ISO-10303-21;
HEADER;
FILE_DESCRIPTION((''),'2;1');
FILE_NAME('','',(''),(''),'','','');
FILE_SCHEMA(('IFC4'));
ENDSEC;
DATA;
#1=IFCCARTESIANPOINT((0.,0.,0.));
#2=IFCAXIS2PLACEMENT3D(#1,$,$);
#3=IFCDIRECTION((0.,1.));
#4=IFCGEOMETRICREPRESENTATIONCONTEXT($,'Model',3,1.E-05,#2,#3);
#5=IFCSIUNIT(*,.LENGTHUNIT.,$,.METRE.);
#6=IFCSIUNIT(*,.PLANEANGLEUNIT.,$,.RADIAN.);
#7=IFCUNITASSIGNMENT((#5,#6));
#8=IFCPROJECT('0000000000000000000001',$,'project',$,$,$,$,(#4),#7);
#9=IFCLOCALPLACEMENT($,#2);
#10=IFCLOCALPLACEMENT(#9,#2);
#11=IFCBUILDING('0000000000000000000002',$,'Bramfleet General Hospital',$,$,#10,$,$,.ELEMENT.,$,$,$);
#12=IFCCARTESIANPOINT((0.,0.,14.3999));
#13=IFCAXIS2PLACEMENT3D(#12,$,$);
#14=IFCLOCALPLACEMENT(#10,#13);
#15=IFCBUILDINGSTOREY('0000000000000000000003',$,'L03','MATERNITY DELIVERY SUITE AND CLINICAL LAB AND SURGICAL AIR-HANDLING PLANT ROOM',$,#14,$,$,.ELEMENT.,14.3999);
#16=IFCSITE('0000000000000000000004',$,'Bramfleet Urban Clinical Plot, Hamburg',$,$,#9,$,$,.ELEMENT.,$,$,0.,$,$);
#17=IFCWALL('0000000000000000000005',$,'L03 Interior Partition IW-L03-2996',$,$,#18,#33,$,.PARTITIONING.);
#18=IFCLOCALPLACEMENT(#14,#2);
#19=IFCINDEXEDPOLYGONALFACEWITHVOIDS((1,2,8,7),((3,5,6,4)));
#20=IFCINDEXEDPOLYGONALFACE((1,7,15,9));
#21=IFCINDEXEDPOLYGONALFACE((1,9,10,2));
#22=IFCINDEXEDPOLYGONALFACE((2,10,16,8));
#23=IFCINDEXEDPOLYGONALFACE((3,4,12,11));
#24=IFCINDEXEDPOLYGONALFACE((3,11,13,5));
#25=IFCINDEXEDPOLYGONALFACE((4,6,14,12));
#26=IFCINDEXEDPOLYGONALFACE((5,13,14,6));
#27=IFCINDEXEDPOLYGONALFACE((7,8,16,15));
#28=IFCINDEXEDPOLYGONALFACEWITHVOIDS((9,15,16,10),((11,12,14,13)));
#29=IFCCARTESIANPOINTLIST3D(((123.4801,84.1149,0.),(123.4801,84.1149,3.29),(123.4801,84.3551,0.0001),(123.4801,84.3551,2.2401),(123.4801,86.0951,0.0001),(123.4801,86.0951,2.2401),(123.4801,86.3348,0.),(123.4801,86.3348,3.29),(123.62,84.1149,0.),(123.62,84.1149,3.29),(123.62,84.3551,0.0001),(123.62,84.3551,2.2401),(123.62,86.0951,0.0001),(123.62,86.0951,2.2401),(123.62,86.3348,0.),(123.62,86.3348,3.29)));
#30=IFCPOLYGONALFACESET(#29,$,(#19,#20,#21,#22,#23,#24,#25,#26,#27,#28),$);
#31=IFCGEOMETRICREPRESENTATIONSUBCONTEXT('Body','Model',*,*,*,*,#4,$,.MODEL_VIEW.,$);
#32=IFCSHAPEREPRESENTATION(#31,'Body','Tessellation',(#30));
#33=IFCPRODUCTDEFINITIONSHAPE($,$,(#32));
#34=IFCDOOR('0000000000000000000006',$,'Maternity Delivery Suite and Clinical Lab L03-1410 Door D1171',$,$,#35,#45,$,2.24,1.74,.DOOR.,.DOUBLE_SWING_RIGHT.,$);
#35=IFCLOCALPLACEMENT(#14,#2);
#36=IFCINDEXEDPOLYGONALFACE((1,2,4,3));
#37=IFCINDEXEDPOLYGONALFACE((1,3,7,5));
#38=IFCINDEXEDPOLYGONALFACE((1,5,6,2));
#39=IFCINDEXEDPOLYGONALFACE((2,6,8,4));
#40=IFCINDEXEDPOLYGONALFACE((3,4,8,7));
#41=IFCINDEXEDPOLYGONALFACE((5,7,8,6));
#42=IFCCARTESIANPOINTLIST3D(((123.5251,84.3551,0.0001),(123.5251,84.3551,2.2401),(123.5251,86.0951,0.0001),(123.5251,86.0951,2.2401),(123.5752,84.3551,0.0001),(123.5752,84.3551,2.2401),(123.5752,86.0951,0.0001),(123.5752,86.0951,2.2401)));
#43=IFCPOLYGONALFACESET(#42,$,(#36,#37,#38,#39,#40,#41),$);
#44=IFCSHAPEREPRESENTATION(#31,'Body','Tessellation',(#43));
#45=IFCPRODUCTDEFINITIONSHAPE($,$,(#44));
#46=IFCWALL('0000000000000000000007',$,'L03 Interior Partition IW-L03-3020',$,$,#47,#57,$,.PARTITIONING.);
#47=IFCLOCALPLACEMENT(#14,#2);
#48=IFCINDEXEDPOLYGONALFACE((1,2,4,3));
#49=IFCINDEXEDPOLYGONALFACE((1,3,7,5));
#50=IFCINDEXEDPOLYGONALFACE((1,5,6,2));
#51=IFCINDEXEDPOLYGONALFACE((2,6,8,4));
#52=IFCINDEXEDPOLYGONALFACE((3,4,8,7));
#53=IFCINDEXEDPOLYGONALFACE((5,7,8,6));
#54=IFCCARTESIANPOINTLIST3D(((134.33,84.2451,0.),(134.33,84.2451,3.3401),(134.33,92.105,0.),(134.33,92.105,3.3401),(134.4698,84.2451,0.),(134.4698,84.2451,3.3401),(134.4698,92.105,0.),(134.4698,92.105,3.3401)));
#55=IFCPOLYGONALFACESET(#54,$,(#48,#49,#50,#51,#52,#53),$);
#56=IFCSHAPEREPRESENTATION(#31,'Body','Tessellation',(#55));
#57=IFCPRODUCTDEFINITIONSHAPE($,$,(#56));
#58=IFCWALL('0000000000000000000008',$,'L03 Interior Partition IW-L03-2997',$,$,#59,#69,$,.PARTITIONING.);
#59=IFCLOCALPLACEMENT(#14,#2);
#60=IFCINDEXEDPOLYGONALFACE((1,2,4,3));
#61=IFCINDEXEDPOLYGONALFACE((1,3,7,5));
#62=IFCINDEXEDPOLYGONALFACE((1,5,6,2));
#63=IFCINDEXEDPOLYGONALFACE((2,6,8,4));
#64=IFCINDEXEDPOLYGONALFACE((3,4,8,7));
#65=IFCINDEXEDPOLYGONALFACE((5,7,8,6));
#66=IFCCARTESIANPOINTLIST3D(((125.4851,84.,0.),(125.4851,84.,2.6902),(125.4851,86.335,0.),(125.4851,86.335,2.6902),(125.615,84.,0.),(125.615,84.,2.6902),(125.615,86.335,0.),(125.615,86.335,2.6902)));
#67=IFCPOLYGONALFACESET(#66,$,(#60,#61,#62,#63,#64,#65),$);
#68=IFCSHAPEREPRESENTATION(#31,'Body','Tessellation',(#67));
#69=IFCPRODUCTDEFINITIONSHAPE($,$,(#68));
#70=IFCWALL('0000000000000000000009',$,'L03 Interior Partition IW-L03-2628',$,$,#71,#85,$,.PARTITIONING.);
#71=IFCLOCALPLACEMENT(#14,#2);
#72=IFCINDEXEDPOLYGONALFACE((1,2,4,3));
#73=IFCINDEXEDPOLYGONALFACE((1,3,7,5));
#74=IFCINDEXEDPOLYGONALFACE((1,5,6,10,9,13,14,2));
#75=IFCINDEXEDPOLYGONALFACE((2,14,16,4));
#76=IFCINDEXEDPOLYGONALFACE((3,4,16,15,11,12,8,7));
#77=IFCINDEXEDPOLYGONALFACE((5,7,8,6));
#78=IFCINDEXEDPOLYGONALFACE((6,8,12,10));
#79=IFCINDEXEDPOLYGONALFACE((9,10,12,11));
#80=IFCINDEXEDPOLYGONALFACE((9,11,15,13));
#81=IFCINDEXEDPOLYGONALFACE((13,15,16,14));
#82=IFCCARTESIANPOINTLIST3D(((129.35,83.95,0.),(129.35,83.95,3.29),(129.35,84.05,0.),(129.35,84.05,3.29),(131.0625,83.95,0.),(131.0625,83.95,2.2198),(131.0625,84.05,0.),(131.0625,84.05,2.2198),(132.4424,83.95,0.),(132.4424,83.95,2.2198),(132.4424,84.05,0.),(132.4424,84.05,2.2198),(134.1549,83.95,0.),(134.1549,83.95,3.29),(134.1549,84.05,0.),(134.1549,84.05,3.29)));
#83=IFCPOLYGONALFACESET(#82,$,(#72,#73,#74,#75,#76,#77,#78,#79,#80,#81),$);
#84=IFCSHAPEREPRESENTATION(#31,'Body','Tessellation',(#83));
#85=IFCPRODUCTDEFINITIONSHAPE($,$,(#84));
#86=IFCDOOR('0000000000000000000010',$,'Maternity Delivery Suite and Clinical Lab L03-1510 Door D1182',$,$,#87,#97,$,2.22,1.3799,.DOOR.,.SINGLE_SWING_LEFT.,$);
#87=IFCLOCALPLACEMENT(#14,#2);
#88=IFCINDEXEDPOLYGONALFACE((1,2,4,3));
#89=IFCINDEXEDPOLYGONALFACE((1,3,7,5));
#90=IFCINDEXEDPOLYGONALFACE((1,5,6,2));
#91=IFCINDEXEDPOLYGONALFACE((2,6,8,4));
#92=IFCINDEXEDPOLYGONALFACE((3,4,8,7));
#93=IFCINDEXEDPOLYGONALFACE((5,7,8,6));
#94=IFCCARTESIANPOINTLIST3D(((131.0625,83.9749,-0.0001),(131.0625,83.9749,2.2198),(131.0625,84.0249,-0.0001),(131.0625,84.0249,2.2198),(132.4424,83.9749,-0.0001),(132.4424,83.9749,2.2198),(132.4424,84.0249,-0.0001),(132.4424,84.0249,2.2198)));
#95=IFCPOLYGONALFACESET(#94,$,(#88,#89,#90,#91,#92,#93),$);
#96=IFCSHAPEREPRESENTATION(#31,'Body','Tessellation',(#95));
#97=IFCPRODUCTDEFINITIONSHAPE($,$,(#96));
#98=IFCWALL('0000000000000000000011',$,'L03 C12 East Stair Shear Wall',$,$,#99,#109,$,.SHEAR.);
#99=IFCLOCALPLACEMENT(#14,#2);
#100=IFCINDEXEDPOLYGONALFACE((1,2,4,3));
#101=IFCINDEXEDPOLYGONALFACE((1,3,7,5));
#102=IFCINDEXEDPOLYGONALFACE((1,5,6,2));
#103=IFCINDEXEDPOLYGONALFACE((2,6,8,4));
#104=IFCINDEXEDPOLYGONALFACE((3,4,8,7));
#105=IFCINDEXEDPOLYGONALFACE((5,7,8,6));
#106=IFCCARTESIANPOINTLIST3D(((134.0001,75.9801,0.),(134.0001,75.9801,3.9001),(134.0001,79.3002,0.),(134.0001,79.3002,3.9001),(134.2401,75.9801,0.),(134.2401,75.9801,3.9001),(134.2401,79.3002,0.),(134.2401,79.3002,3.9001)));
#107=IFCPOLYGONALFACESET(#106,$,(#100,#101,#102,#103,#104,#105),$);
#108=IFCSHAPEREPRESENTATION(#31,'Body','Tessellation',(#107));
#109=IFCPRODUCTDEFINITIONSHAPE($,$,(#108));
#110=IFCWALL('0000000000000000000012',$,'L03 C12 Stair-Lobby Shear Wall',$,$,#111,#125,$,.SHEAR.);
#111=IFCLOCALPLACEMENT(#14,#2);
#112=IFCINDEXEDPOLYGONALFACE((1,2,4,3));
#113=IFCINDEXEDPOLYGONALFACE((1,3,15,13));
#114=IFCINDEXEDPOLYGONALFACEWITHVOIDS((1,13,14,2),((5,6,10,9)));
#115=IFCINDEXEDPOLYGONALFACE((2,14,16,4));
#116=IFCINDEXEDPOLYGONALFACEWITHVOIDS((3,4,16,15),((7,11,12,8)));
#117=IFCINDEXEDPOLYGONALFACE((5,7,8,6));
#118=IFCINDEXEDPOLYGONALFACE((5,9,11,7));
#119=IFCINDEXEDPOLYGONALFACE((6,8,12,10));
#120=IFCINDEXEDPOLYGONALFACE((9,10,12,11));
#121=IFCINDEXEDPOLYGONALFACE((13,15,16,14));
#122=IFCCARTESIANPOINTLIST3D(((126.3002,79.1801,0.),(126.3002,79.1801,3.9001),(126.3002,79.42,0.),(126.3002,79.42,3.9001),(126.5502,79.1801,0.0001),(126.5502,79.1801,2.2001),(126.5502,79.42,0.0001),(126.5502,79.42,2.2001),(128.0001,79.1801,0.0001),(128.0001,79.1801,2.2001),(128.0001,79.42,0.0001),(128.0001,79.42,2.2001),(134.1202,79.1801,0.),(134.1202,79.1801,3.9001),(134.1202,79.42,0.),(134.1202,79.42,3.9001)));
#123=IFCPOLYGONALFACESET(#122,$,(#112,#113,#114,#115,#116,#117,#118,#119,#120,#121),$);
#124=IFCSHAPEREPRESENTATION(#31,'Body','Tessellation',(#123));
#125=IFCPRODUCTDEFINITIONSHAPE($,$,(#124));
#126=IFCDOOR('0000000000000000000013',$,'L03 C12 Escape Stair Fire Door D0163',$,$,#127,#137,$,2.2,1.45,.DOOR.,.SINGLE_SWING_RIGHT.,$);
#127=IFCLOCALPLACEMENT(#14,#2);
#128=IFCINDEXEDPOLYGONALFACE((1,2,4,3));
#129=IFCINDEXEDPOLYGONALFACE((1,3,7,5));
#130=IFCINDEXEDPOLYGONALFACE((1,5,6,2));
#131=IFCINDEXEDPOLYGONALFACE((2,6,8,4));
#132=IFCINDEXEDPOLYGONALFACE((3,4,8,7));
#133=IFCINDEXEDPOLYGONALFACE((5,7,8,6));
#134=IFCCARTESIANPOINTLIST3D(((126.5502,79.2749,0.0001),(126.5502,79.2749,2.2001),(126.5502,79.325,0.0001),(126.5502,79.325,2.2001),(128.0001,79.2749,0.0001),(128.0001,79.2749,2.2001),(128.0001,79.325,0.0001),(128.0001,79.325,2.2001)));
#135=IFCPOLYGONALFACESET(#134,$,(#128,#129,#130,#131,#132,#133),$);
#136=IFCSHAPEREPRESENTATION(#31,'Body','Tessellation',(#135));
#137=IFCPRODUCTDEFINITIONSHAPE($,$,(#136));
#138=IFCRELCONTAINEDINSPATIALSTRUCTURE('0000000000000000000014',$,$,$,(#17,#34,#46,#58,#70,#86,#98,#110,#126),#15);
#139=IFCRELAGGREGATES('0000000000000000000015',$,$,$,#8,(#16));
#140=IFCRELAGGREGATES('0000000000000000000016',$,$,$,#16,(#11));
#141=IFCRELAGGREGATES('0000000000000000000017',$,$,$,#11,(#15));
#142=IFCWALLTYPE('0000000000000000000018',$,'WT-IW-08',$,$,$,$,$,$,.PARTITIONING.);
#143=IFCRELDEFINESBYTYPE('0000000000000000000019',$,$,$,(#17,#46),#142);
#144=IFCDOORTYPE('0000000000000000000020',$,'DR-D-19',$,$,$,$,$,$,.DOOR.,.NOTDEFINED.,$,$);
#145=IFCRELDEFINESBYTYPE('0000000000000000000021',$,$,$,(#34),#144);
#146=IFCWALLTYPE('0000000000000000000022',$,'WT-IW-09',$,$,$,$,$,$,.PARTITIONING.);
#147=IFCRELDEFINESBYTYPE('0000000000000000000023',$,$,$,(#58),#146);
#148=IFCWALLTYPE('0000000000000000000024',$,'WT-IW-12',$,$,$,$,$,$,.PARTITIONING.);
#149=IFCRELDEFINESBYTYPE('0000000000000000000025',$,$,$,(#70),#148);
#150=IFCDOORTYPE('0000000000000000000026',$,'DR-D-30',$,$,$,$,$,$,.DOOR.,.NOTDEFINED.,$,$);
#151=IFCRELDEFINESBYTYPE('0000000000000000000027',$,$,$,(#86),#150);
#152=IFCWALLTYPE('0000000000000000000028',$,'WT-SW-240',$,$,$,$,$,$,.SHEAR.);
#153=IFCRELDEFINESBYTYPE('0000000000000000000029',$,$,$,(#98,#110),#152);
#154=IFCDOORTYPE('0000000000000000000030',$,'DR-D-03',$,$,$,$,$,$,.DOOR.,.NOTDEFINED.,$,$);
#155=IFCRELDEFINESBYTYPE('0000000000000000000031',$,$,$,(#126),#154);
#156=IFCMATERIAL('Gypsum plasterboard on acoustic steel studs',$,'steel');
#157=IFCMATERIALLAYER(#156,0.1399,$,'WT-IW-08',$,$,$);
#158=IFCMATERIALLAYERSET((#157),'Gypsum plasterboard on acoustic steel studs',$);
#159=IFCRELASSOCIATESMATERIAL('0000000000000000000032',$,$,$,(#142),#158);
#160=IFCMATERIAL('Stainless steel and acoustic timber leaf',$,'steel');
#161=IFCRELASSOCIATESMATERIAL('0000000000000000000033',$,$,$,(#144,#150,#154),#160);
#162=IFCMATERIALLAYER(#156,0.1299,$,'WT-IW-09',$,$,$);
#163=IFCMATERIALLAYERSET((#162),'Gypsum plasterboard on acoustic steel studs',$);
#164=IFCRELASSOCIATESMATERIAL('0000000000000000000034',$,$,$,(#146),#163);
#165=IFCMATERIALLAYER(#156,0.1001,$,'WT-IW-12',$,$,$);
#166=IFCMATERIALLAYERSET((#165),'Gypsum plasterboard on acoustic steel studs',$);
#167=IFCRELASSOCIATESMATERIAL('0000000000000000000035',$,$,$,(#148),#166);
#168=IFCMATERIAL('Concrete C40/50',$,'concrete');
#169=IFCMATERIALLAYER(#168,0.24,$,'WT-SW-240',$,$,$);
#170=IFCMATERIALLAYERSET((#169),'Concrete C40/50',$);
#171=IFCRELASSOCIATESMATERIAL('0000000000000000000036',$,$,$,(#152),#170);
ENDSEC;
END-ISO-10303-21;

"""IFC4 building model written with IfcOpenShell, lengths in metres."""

from ifc_helpers import new_model, si_unit, direction, frame, frame_2d, origin, place, context, subcontext, project, spatial, rectangle, extrude, material, layer, layer_set, type_object, element, fill, save


model = new_model("IFC4")

# Units and contexts
model_context = context("Model", 3, precision=1e-05, world=origin(), true_north=direction((0.0, 1.0)))
body_context = subcontext(model_context, "Body", "Model", "MODEL_VIEW")
ifc_project = project(units=[si_unit("LENGTHUNIT", "METRE"), si_unit("PLANEANGLEUNIT", "RADIAN")], contexts=[model_context])

# Site, building, storey
site_placement = place(None, origin())
site = spatial("IfcSite", under=ifc_project, at=site_placement, Name="Bramfleet Urban Clinical Plot, Hamburg", CompositionType="ELEMENT", RefElevation=0.0)
building_placement = place(site_placement, origin())
building = spatial("IfcBuilding", under=site, at=building_placement, Name="Bramfleet General Hospital", CompositionType="ELEMENT")
storey_placement = place(building_placement, frame((0.0, 0.0, 14.3999)))
storey = spatial("IfcBuildingStorey", under=building, at=storey_placement, Name="L03", Description="MATERNITY DELIVERY SUITE AND CLINICAL LAB AND SURGICAL AIR-HANDLING PLANT ROOM", CompositionType="ELEMENT", Elevation=14.3999)

# Shared definitions
ifc_material_1 = material(Name="Concrete C40/50", Category="concrete")

# Shared definitions
ifc_material_2 = material(Name="Stainless steel and acoustic timber leaf", Category="steel")

# Shared definitions
ifc_material_3 = material(Name="Gypsum plasterboard on acoustic steel studs", Category="steel")

# Wall, opening, door
ifc_layer_1 = layer(ifc_material_3, 0.1399, Name="WT-IW-08")
ifc_layer_set_1 = layer_set([ifc_layer_1], Name="Gypsum plasterboard on acoustic steel studs")
wall_type_1 = type_object("IfcWallType", Name="WT-IW-08", PredefinedType="PARTITIONING", material=ifc_layer_set_1)
wall_1_placement = place(storey_placement, frame((123.55, 84.115, 0.0), z_axis=(0.0, 0.0, 1.0), x_axis=(0.0, 1.0, 0.0)))
wall_1 = element("IfcWall", 1, at=wall_1_placement, inside=storey, type_object=wall_type_1, Name="L03 Interior Partition IW-L03-2996", PredefinedType="PARTITIONING", context=body_context, shape_type="SweptSolid", body=[
    extrude(rectangle(XDim=2.22, YDim=0.1399, at=frame_2d((1.1099, 0.0))), origin(), (0.0, 0.0, 1.0), 3.29),
])
opening_1_placement = place(wall_1_placement, frame((0.24, 0.0, 0.0)))
opening_1 = element("IfcOpeningElement", 2, at=opening_1_placement, cuts=wall_1, PredefinedType="OPENING", context=body_context, shape_type="SweptSolid", body=[
    extrude(rectangle(XDim=1.74, YDim=2.24, at=frame_2d((0.8701, 1.1201))), frame((0.0, 0.0798, 0.0), z_axis=(0.0, -1.0, 0.0), x_axis=(1.0, 0.0, 0.0)), (0.0, 0.0, 1.0), 0.1599),
])
door_type_1 = type_object("IfcDoorType", Name="DR-D-19", OperationType="NOTDEFINED", PredefinedType="DOOR", material=ifc_material_2)
door_1_placement = place(opening_1_placement, origin())
door_1 = element("IfcDoor", 3, at=door_1_placement, inside=storey, type_object=door_type_1, Name="Maternity Delivery Suite and Clinical Lab L03-1410 Door D1171", OperationType="DOUBLE_SWING_RIGHT", OverallHeight=2.24, OverallWidth=1.74, PredefinedType="DOOR", context=body_context, shape_type="SweptSolid", body=[
    extrude(rectangle(XDim=1.74, YDim=2.24, at=frame_2d((0.8701, 1.1201))), frame((0.0, 0.0249, 0.0), z_axis=(0.0, -1.0, 0.0), x_axis=(1.0, 0.0, 0.0)), (0.0, 0.0, 1.0), 0.05),
])
fill(opening_1, door_1)

# Walls
wall_2_placement = place(storey_placement, frame((134.3999, 84.2451, 0.0), z_axis=(0.0, 0.0, 1.0), x_axis=(0.0, 1.0, 0.0)))
element("IfcWall", 4, at=wall_2_placement, inside=storey, type_object=wall_type_1, Name="L03 Interior Partition IW-L03-3020", PredefinedType="PARTITIONING", context=body_context, shape_type="SweptSolid", body=[
    extrude(rectangle(XDim=7.8599, YDim=0.1399, at=frame_2d((3.9299, 0.0))), origin(), (0.0, 0.0, 1.0), 3.3401),
])
ifc_layer_2 = layer(ifc_material_3, 0.1299, Name="WT-IW-09")
ifc_layer_set_2 = layer_set([ifc_layer_2], Name="Gypsum plasterboard on acoustic steel studs")
wall_type_2 = type_object("IfcWallType", Name="WT-IW-09", PredefinedType="PARTITIONING", material=ifc_layer_set_2)
wall_3_placement = place(storey_placement, frame((125.55, 84.0, 0.0), z_axis=(0.0, 0.0, 1.0), x_axis=(0.0, 1.0, 0.0)))
element("IfcWall", 5, at=wall_3_placement, inside=storey, type_object=wall_type_2, Name="L03 Interior Partition IW-L03-2997", PredefinedType="PARTITIONING", context=body_context, shape_type="SweptSolid", body=[
    extrude(rectangle(XDim=2.335, YDim=0.1299, at=frame_2d((1.1675, 0.0))), origin(), (0.0, 0.0, 1.0), 2.6902),
])

# Wall, opening, door
ifc_layer_3 = layer(ifc_material_3, 0.1001, Name="WT-IW-12")
ifc_layer_set_3 = layer_set([ifc_layer_3], Name="Gypsum plasterboard on acoustic steel studs")
wall_type_3 = type_object("IfcWallType", Name="WT-IW-12", PredefinedType="PARTITIONING", material=ifc_layer_set_3)
wall_4_placement = place(storey_placement, frame((129.3501, 84.0, 0.0), z_axis=(0.0, 0.0, 1.0), x_axis=(1.0, 0.0, 0.0)))
wall_4 = element("IfcWall", 6, at=wall_4_placement, inside=storey, type_object=wall_type_3, Name="L03 Interior Partition IW-L03-2628", PredefinedType="PARTITIONING", context=body_context, shape_type="SweptSolid", body=[
    extrude(rectangle(XDim=4.8049, YDim=0.1001, at=frame_2d((2.4023, 0.0))), origin(), (0.0, 0.0, 1.0), 3.29),
])
opening_2_placement = place(wall_4_placement, frame((1.7124, 0.0, 0.0)))
opening_2 = element("IfcOpeningElement", 7, at=opening_2_placement, cuts=wall_4, PredefinedType="OPENING", context=body_context, shape_type="SweptSolid", body=[
    extrude(rectangle(XDim=1.3799, YDim=2.22, at=frame_2d((0.6899, 1.1099))), frame((0.0, 0.0601, 0.0), z_axis=(0.0, -1.0, 0.0), x_axis=(1.0, 0.0, 0.0)), (0.0, 0.0, 1.0), 0.1201),
])
door_type_2 = type_object("IfcDoorType", Name="DR-D-30", OperationType="NOTDEFINED", PredefinedType="DOOR", material=ifc_material_2)
door_2_placement = place(opening_2_placement, origin())
door_2 = element("IfcDoor", 8, at=door_2_placement, inside=storey, type_object=door_type_2, Name="Maternity Delivery Suite and Clinical Lab L03-1510 Door D1182", OperationType="SINGLE_SWING_LEFT", OverallHeight=2.22, OverallWidth=1.3799, PredefinedType="DOOR", context=body_context, shape_type="SweptSolid", body=[
    extrude(rectangle(XDim=1.3799, YDim=2.22, at=frame_2d((0.6899, 1.1099))), frame((0.0, 0.0249, 0.0), z_axis=(0.0, -1.0, 0.0), x_axis=(1.0, 0.0, 0.0)), (0.0, 0.0, 1.0), 0.05),
])
fill(opening_2, door_2)

# Wall
ifc_layer_4 = layer(ifc_material_1, 0.24, Name="WT-SW-240")
ifc_layer_set_4 = layer_set([ifc_layer_4], Name="Concrete C40/50")
wall_type_4 = type_object("IfcWallType", Name="WT-SW-240", PredefinedType="SHEAR", material=ifc_layer_set_4)
wall_5_placement = place(storey_placement, frame((134.1201, 75.98, 0.0), z_axis=(0.0, 0.0, 1.0), x_axis=(0.0, 1.0, 0.0)))
element("IfcWall", 9, at=wall_5_placement, inside=storey, type_object=wall_type_4, Name="L03 C12 East Stair Shear Wall", PredefinedType="SHEAR", context=body_context, shape_type="SweptSolid", body=[
    extrude(rectangle(XDim=3.3201, YDim=0.24, at=frame_2d((1.6602, 0.0))), origin(), (0.0, 0.0, 1.0), 3.9001),
])

# Wall, opening, door
wall_6_placement = place(storey_placement, frame((126.3, 79.3, 0.0), z_axis=(0.0, 0.0, 1.0), x_axis=(1.0, 0.0, 0.0)))
wall_6 = element("IfcWall", 10, at=wall_6_placement, inside=storey, type_object=wall_type_4, Name="L03 C12 Stair-Lobby Shear Wall", PredefinedType="SHEAR", context=body_context, shape_type="SweptSolid", body=[
    extrude(rectangle(XDim=7.8201, YDim=0.24, at=frame_2d((3.9102, 0.0))), origin(), (0.0, 0.0, 1.0), 3.9001),
])
opening_3_placement = place(wall_6_placement, frame((0.25, 0.0, 0.0)))
opening_3 = element("IfcOpeningElement", 11, at=opening_3_placement, cuts=wall_6, PredefinedType="OPENING", context=body_context, shape_type="SweptSolid", body=[
    extrude(rectangle(XDim=1.45, YDim=2.2, at=frame_2d((0.7251, 1.1001))), frame((0.0, 0.1299, 0.0), z_axis=(0.0, -1.0, 0.0), x_axis=(1.0, 0.0, 0.0)), (0.0, 0.0, 1.0), 0.26),
])
door_type_3 = type_object("IfcDoorType", Name="DR-D-03", OperationType="NOTDEFINED", PredefinedType="DOOR", material=ifc_material_2)
door_3_placement = place(opening_3_placement, origin())
door_3 = element("IfcDoor", 12, at=door_3_placement, inside=storey, type_object=door_type_3, Name="L03 C12 Escape Stair Fire Door D0163", OperationType="SINGLE_SWING_RIGHT", OverallHeight=2.2, OverallWidth=1.45, PredefinedType="DOOR", context=body_context, shape_type="SweptSolid", body=[
    extrude(rectangle(XDim=1.45, YDim=2.2, at=frame_2d((0.7251, 1.1001))), frame((0.0, 0.0249, 0.0), z_axis=(0.0, -1.0, 0.0), x_axis=(1.0, 0.0, 0.0)), (0.0, 0.0, 1.0), 0.05),
])
fill(opening_3, door_3)

save(model, "model.ifc")
